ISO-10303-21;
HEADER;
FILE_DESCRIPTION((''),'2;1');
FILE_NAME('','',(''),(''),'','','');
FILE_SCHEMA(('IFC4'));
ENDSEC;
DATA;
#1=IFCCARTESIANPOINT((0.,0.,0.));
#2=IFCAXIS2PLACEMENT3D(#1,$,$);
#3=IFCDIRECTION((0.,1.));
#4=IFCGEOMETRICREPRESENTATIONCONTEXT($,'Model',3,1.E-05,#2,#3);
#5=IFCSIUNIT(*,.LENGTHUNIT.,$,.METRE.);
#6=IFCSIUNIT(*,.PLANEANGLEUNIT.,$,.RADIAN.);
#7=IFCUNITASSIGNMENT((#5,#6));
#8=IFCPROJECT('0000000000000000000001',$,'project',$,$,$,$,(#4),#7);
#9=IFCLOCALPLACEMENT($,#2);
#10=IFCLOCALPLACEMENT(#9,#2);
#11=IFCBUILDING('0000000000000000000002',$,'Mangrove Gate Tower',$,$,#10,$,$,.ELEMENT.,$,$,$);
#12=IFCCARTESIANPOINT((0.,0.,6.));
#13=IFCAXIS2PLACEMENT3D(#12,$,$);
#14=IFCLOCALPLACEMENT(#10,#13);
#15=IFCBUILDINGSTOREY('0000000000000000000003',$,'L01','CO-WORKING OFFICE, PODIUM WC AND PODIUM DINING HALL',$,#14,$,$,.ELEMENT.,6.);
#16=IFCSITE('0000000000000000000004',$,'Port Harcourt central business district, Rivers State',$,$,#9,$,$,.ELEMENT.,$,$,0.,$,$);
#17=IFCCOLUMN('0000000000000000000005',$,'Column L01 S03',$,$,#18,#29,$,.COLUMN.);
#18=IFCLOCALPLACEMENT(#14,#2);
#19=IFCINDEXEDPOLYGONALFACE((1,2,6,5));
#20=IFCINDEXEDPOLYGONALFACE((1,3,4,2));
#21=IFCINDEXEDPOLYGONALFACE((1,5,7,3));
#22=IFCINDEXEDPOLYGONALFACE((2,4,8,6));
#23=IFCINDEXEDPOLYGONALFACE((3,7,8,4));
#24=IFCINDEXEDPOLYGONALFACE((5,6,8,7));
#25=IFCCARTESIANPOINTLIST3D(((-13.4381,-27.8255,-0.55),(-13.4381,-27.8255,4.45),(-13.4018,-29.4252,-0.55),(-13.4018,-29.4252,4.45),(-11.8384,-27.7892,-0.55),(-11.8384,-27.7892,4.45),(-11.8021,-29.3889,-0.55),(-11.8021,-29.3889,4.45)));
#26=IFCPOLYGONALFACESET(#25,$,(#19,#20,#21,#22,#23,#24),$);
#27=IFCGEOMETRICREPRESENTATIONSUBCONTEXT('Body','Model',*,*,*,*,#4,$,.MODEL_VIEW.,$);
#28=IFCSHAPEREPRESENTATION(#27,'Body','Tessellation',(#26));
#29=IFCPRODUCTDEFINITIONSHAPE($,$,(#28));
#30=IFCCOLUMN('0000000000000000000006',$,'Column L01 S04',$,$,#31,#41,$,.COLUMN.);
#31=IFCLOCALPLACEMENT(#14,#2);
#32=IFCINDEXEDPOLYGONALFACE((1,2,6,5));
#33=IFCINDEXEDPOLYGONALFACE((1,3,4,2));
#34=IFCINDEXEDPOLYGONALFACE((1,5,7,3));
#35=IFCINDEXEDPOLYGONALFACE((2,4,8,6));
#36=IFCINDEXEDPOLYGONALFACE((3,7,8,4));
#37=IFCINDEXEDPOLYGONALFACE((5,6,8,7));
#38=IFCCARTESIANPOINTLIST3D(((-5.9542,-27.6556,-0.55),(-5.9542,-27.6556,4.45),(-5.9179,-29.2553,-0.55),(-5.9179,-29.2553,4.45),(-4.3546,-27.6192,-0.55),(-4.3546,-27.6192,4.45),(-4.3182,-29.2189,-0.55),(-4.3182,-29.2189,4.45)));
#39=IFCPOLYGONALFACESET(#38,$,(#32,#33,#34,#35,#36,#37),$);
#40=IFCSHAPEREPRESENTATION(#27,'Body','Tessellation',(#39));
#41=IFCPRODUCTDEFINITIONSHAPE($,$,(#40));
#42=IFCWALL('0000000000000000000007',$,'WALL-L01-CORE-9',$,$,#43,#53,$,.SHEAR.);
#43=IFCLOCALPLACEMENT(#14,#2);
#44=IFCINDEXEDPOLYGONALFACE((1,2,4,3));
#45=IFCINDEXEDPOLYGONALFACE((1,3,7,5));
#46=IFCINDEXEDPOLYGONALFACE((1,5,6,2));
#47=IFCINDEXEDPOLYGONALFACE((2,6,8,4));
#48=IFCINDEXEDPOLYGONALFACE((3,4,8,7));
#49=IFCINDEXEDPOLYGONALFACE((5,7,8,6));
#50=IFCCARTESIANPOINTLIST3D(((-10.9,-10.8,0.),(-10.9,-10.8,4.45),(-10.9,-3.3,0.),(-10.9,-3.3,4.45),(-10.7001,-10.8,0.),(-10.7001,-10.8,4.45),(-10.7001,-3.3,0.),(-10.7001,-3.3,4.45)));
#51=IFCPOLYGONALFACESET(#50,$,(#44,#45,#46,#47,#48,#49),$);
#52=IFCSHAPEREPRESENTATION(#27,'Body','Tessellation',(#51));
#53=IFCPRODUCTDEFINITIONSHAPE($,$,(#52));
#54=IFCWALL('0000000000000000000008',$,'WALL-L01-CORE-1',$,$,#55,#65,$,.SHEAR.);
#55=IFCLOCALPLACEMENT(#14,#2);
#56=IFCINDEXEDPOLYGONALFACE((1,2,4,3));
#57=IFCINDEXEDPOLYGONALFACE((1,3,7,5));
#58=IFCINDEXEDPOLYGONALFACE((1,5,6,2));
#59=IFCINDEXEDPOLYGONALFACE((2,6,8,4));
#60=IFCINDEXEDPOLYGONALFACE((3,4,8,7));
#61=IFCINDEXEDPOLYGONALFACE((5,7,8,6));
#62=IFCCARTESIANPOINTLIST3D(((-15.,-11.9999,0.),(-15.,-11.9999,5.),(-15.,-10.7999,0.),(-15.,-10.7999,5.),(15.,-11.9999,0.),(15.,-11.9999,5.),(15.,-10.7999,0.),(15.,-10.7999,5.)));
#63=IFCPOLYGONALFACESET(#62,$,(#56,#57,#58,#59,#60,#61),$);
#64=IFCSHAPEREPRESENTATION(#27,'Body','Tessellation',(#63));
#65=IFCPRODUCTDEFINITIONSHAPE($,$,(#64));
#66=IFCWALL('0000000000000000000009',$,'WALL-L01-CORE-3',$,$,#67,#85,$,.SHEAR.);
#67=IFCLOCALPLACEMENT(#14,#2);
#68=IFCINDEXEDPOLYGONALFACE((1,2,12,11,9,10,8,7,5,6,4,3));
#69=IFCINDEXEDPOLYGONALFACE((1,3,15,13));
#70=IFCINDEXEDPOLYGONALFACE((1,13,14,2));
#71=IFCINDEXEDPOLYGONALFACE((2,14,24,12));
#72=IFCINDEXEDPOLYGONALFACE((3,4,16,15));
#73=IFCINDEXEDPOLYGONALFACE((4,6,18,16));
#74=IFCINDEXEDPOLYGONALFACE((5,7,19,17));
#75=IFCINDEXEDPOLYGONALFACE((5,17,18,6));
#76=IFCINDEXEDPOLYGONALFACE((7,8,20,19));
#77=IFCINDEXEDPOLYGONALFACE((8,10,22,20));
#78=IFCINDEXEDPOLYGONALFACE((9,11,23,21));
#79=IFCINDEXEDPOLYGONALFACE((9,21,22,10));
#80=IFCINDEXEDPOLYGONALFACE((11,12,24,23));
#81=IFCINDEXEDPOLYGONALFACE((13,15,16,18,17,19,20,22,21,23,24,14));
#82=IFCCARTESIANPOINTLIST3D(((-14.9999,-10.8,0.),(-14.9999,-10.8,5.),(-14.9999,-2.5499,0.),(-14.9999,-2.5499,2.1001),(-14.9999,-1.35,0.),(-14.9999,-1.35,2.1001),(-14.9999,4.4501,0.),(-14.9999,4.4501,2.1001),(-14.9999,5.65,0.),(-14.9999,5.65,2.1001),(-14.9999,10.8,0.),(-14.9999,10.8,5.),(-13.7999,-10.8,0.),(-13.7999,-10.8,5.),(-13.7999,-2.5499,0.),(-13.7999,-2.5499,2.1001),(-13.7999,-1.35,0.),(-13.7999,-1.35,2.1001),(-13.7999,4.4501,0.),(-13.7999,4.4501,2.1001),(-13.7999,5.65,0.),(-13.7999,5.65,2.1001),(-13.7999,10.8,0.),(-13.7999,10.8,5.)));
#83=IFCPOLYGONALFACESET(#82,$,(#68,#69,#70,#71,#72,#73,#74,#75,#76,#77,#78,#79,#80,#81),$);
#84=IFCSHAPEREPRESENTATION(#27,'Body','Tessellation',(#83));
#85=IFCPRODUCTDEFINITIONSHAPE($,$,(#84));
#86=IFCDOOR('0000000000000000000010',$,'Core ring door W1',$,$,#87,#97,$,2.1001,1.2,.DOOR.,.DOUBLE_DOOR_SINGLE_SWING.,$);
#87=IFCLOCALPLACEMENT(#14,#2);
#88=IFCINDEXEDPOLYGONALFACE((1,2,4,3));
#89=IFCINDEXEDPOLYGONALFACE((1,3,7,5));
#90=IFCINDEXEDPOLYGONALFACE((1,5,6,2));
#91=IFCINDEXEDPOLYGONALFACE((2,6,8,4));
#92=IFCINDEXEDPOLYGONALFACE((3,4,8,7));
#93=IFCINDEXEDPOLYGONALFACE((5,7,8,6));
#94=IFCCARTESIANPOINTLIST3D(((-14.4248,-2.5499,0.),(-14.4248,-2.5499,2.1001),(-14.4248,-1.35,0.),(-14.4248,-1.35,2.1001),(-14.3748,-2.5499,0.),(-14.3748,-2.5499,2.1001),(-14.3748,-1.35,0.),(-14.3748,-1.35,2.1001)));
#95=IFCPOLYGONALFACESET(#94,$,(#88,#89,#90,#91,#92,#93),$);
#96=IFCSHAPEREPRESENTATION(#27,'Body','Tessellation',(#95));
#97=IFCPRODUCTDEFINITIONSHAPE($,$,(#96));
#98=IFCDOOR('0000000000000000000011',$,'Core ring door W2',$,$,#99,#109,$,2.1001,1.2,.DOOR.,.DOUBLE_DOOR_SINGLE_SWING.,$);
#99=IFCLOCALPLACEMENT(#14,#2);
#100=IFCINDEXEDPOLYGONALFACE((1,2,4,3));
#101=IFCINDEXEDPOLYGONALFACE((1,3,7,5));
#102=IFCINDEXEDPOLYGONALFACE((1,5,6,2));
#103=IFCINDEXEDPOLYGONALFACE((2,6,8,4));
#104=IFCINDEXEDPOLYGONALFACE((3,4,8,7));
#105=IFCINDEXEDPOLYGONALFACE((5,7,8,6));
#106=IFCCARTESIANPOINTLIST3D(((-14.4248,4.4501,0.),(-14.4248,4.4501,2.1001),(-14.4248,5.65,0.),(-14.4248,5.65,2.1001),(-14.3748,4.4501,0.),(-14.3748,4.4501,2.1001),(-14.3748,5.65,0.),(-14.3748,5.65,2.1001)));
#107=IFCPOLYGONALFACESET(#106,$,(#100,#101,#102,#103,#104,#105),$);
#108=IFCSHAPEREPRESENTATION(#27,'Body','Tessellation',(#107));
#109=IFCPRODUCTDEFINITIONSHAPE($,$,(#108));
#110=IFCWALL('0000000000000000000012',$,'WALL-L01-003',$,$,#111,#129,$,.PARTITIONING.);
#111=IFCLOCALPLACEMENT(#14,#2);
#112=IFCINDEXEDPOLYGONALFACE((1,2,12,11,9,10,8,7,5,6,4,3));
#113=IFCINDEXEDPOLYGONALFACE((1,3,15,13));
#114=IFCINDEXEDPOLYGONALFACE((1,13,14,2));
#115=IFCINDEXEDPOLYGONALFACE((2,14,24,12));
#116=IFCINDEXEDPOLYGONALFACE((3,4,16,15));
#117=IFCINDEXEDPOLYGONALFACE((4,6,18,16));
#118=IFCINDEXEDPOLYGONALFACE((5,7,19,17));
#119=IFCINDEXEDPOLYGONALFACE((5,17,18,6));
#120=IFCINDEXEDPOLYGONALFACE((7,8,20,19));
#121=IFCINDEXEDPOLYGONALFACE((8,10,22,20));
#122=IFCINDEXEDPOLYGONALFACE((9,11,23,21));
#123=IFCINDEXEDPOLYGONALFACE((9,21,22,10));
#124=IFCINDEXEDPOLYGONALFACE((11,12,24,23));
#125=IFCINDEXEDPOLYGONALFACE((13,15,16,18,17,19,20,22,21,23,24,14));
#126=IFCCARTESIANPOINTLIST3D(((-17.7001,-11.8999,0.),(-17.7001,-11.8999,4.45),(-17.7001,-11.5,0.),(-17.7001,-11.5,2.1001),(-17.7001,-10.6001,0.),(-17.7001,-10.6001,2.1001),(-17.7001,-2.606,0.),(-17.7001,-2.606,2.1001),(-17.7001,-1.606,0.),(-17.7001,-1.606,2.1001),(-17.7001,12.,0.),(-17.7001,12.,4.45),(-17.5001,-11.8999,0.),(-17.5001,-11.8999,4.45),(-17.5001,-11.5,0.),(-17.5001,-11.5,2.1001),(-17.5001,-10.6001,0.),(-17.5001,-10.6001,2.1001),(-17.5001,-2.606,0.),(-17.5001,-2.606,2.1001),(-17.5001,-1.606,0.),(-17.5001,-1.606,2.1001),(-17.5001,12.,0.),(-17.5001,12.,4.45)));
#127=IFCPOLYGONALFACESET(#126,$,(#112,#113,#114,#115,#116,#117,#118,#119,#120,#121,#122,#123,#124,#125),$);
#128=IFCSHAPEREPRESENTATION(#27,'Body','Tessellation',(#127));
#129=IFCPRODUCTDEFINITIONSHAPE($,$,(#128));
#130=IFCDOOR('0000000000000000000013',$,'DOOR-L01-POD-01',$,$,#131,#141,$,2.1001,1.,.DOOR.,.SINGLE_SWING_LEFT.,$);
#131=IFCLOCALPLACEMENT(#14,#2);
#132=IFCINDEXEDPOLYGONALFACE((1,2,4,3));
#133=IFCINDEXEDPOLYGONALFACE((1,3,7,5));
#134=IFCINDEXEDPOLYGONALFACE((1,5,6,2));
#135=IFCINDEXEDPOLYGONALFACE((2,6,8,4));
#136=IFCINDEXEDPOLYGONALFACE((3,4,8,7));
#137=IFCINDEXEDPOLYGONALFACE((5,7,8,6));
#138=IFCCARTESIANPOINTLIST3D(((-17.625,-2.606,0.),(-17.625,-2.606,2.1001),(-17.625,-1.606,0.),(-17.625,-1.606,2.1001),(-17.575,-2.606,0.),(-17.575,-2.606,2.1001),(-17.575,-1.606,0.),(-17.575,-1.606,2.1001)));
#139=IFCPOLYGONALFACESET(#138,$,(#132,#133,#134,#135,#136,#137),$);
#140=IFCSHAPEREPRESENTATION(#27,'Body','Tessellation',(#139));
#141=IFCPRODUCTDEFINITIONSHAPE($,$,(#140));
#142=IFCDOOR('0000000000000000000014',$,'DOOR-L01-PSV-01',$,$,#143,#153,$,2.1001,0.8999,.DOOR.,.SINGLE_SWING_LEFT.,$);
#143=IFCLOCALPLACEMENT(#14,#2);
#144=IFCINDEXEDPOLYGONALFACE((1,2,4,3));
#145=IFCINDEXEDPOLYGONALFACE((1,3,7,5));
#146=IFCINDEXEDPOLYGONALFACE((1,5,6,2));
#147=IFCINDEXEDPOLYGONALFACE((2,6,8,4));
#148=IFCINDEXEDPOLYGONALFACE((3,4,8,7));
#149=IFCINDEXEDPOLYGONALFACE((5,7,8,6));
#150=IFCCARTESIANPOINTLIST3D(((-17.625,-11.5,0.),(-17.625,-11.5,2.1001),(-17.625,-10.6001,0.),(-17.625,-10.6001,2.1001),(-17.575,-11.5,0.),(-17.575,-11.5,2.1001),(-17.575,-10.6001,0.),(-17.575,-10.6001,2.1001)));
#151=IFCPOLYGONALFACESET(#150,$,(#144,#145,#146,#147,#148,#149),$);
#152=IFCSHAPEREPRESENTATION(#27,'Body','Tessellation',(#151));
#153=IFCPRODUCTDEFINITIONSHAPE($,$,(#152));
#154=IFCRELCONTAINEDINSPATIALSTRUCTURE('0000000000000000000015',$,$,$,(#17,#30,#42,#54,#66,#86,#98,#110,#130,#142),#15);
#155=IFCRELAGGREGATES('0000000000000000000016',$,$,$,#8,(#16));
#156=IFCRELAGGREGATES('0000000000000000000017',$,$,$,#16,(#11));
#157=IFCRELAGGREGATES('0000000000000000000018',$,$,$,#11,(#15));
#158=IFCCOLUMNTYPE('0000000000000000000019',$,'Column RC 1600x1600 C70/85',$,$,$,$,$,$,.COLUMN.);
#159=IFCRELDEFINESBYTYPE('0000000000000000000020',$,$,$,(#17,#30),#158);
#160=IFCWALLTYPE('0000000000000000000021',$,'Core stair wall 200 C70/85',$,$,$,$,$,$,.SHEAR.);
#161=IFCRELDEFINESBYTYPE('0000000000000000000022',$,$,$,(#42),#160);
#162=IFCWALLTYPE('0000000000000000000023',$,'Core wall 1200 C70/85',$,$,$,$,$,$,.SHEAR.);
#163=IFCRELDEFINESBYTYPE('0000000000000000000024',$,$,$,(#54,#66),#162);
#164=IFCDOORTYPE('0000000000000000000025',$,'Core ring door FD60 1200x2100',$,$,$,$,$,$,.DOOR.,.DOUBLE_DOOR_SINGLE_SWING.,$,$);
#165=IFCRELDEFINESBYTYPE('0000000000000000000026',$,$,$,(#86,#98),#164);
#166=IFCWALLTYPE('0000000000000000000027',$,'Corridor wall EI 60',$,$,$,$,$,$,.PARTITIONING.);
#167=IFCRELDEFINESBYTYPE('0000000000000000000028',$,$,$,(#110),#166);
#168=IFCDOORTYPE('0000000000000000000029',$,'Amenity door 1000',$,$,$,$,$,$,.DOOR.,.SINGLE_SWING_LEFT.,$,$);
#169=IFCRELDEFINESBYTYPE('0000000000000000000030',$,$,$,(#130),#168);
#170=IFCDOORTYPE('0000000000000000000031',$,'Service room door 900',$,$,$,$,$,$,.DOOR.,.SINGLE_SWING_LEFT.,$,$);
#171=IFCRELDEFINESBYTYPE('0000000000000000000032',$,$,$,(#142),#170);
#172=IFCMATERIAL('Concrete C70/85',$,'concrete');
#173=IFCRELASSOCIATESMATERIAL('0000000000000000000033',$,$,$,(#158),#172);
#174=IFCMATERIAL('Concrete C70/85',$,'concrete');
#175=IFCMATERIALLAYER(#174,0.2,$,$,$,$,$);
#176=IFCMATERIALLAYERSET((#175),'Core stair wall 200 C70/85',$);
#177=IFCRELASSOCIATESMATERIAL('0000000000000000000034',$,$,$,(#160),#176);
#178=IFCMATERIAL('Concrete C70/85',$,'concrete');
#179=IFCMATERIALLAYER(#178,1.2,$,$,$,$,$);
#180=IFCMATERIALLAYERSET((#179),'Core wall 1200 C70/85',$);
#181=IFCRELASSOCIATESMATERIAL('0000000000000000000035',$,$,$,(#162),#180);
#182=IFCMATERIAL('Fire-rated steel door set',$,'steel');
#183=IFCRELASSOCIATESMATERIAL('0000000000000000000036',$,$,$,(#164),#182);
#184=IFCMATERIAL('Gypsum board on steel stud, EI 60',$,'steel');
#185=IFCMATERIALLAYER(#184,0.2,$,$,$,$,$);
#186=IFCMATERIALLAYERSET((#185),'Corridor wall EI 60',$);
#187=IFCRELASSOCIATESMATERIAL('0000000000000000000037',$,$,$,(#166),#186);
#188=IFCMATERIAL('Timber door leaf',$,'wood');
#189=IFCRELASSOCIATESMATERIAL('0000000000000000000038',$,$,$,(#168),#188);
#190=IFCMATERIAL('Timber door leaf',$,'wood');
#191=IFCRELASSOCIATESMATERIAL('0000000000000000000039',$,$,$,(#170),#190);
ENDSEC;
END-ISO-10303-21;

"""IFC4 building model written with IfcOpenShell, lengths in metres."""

from ifc_helpers import new_model, si_unit, direction, frame, frame_2d, origin, origin_2d, place, context, subcontext, project, spatial, rectangle, extrude, material, layer, layer_set, material_profile, profile_set, type_object, element, fill, save


model = new_model("IFC4")

# Units and contexts
model_context = context("Model", 3, precision=1e-05, world=origin(), true_north=direction((0.0, 1.0)))
body_context = subcontext(model_context, "Body", "Model", "MODEL_VIEW")
ifc_project = project(units=[si_unit("LENGTHUNIT", "METRE"), si_unit("PLANEANGLEUNIT", "RADIAN")], contexts=[model_context])

# Site, building, storey
site_placement = place(None, origin())
site = spatial("IfcSite", under=ifc_project, at=site_placement, Name="Port Harcourt central business district, Rivers State", CompositionType="ELEMENT", RefElevation=0.0)
building_placement = place(site_placement, origin())
building = spatial("IfcBuilding", under=site, at=building_placement, Name="Mangrove Gate Tower", CompositionType="ELEMENT")
storey_placement = place(building_placement, frame((0.0, 0.0, 6.0)))
storey = spatial("IfcBuildingStorey", under=building, at=storey_placement, Name="L01", Description="CO-WORKING OFFICE, PODIUM WC AND PODIUM DINING HALL", CompositionType="ELEMENT", Elevation=6.0)

# Columns
ifc_material_1 = material(Name="Concrete C70/85", Category="concrete")
ifc_material_profile = material_profile(ifc_material_1, rectangle(XDim=1.6001, YDim=1.6001, at=origin_2d()))
ifc_profile_set = profile_set([ifc_material_profile], Name="Concrete C70/85")
column_type = type_object("IfcColumnType", Name="Column RC 1600x1600 C70/85", PredefinedType="COLUMN", material=ifc_profile_set)
for number, where, z_axis, x_axis, name in (
    (1, (-12.6201, -28.6072, -0.55), (0.0, 0.0, 1.0), (0.999742, 0.022711, 0.0), "Column L01 S03"),
    (2, (-5.1362, -28.4373, -0.55), (0.0, 0.0, 1.0), (0.999742, 0.022709, 0.0), "Column L01 S04"),
):
    element("IfcColumn", number, at=place(storey_placement, frame(where, z_axis=z_axis, x_axis=x_axis)), inside=storey, type_object=column_type, Name=name, PredefinedType="COLUMN", context=body_context, shape_type="SweptSolid", body=[
        extrude(rectangle(XDim=1.6001, YDim=1.6001, at=origin_2d()), origin(), (0.0, 0.0, 1.0), 5.0),
    ])

# Walls
ifc_material_2 = material(Name="Concrete C70/85", Category="concrete")
ifc_layer_1 = layer(ifc_material_2, 0.2)
ifc_layer_set_1 = layer_set([ifc_layer_1], Name="Core stair wall 200 C70/85")
wall_type_1 = type_object("IfcWallType", Name="Core stair wall 200 C70/85", PredefinedType="SHEAR", material=ifc_layer_set_1)
wall_1_placement = place(storey_placement, frame((-10.8, -10.8, 0.0), z_axis=(0.0, 0.0, 1.0), x_axis=(0.0, 1.0, 0.0)))
element("IfcWall", 3, at=wall_1_placement, inside=storey, type_object=wall_type_1, Name="WALL-L01-CORE-9", PredefinedType="SHEAR", context=body_context, shape_type="SweptSolid", body=[
    extrude(rectangle(XDim=7.5, YDim=0.2, at=frame_2d((3.75, 0.0))), origin(), (0.0, 0.0, 1.0), 4.45),
])
ifc_material_3 = material(Name="Concrete C70/85", Category="concrete")
ifc_layer_2 = layer(ifc_material_3, 1.2)
ifc_layer_set_2 = layer_set([ifc_layer_2], Name="Core wall 1200 C70/85")
wall_type_2 = type_object("IfcWallType", Name="Core wall 1200 C70/85", PredefinedType="SHEAR", material=ifc_layer_set_2)
wall_2_placement = place(storey_placement, frame((-15.0, -11.3999, 0.0), z_axis=(0.0, 0.0, 1.0), x_axis=(1.0, 0.0, 0.0)))
element("IfcWall", 4, at=wall_2_placement, inside=storey, type_object=wall_type_2, Name="WALL-L01-CORE-1", PredefinedType="SHEAR", context=body_context, shape_type="SweptSolid", body=[
    extrude(rectangle(XDim=30.0, YDim=1.2, at=frame_2d((15.0, 0.0))), origin(), (0.0, 0.0, 1.0), 5.0),
])

# Walls, openings, doors
wall_3_placement = place(storey_placement, frame((-14.3999, -10.8, 0.0), z_axis=(0.0, 0.0, 1.0), x_axis=(0.0, 1.0, 0.0)))
wall_3 = element("IfcWall", 5, at=wall_3_placement, inside=storey, type_object=wall_type_2, Name="WALL-L01-CORE-3", PredefinedType="SHEAR", context=body_context, shape_type="SweptSolid", body=[
    extrude(rectangle(XDim=21.6001, YDim=1.2, at=frame_2d((10.8, 0.0))), origin(), (0.0, 0.0, 1.0), 5.0),
])
opening_1_placement = place(wall_3_placement, frame((8.25, 0.0, 0.0)))
opening_1 = element("IfcOpeningElement", 6, at=opening_1_placement, cuts=wall_3, PredefinedType="OPENING", context=body_context, shape_type="SweptSolid", body=[
    extrude(rectangle(XDim=1.2, YDim=2.1001, at=frame_2d((0.6001, 1.05))), frame((0.0, 0.6099, 0.0), z_axis=(0.0, -1.0, 0.0), x_axis=(1.0, 0.0, 0.0)), (0.0, 0.0, 1.0), 1.22),
])
opening_2_placement = place(wall_3_placement, frame((15.25, 0.0, 0.0)))
opening_2 = element("IfcOpeningElement", 7, at=opening_2_placement, cuts=wall_3, PredefinedType="OPENING", context=body_context, shape_type="SweptSolid", body=[
    extrude(rectangle(XDim=1.2, YDim=2.1001, at=frame_2d((0.6001, 1.05))), frame((0.0, 0.6099, 0.0), z_axis=(0.0, -1.0, 0.0), x_axis=(1.0, 0.0, 0.0)), (0.0, 0.0, 1.0), 1.22),
])
ifc_material_4 = material(Name="Fire-rated steel door set", Category="steel")
door_type_1 = type_object("IfcDoorType", Name="Core ring door FD60 1200x2100", OperationType="DOUBLE_DOOR_SINGLE_SWING", PredefinedType="DOOR", material=ifc_material_4)
door_1_placement = place(opening_1_placement, origin())
door_1 = element("IfcDoor", 8, at=door_1_placement, inside=storey, type_object=door_type_1, Name="Core ring door W1", OperationType="DOUBLE_DOOR_SINGLE_SWING", OverallHeight=2.1001, OverallWidth=1.2, PredefinedType="DOOR", context=body_context, shape_type="SweptSolid", body=[
    extrude(rectangle(XDim=1.2, YDim=2.1001, at=frame_2d((0.6001, 1.05))), frame((0.0, 0.0249, 0.0), z_axis=(0.0, -1.0, 0.0), x_axis=(1.0, 0.0, 0.0)), (0.0, 0.0, 1.0), 0.05),
])
fill(opening_1, door_1)
door_2_placement = place(opening_2_placement, origin())
door_2 = element("IfcDoor", 9, at=door_2_placement, inside=storey, type_object=door_type_1, Name="Core ring door W2", OperationType="DOUBLE_DOOR_SINGLE_SWING", OverallHeight=2.1001, OverallWidth=1.2, PredefinedType="DOOR", context=body_context, shape_type="SweptSolid", body=[
    extrude(rectangle(XDim=1.2, YDim=2.1001, at=frame_2d((0.6001, 1.05))), frame((0.0, 0.0249, 0.0), z_axis=(0.0, -1.0, 0.0), x_axis=(1.0, 0.0, 0.0)), (0.0, 0.0, 1.0), 0.05),
])
fill(opening_2, door_2)
ifc_material_5 = material(Name="Gypsum board on steel stud, EI 60", Category="steel")
ifc_layer_3 = layer(ifc_material_5, 0.2)
ifc_layer_set_3 = layer_set([ifc_layer_3], Name="Corridor wall EI 60")
wall_type_3 = type_object("IfcWallType", Name="Corridor wall EI 60", PredefinedType="PARTITIONING", material=ifc_layer_set_3)
wall_4_placement = place(storey_placement, frame((-17.6001, -11.8999, 0.0), z_axis=(0.0, 0.0, 1.0), x_axis=(0.0, 1.0, 0.0)))
wall_4 = element("IfcWall", 10, at=wall_4_placement, inside=storey, type_object=wall_type_3, Name="WALL-L01-003", PredefinedType="PARTITIONING", context=body_context, shape_type="SweptSolid", body=[
    extrude(rectangle(XDim=23.8999, YDim=0.2, at=frame_2d((11.95, 0.0))), origin(), (0.0, 0.0, 1.0), 4.45),
])
opening_3_placement = place(wall_4_placement, frame((9.2939, 0.0, 0.0)))
opening_3 = element("IfcOpeningElement", 11, at=opening_3_placement, cuts=wall_4, PredefinedType="OPENING", context=body_context, shape_type="SweptSolid", body=[
    extrude(rectangle(XDim=1.0, YDim=2.1001, at=frame_2d((0.5, 1.05))), frame((0.0, 0.1099, 0.0), z_axis=(0.0, -1.0, 0.0), x_axis=(1.0, 0.0, 0.0)), (0.0, 0.0, 1.0), 0.22),
])
opening_4_placement = place(wall_4_placement, frame((0.3999, 0.0, 0.0)))
opening_4 = element("IfcOpeningElement", 12, at=opening_4_placement, cuts=wall_4, PredefinedType="OPENING", context=body_context, shape_type="SweptSolid", body=[
    extrude(rectangle(XDim=0.8999, YDim=2.1001, at=frame_2d((0.45, 1.05))), frame((0.0, 0.1099, 0.0), z_axis=(0.0, -1.0, 0.0), x_axis=(1.0, 0.0, 0.0)), (0.0, 0.0, 1.0), 0.22),
])
ifc_material_6 = material(Name="Timber door leaf", Category="wood")
door_type_2 = type_object("IfcDoorType", Name="Amenity door 1000", OperationType="SINGLE_SWING_LEFT", PredefinedType="DOOR", material=ifc_material_6)
door_3_placement = place(opening_3_placement, origin())
door_3 = element("IfcDoor", 13, at=door_3_placement, inside=storey, type_object=door_type_2, Name="DOOR-L01-POD-01", OperationType="SINGLE_SWING_LEFT", OverallHeight=2.1001, OverallWidth=1.0, PredefinedType="DOOR", context=body_context, shape_type="SweptSolid", body=[
    extrude(rectangle(XDim=1.0, YDim=2.1001, at=frame_2d((0.5, 1.05))), frame((0.0, 0.0249, 0.0), z_axis=(0.0, -1.0, 0.0), x_axis=(1.0, 0.0, 0.0)), (0.0, 0.0, 1.0), 0.05),
])
fill(opening_3, door_3)
ifc_material_7 = material(Name="Timber door leaf", Category="wood")
door_type_3 = type_object("IfcDoorType", Name="Service room door 900", OperationType="SINGLE_SWING_LEFT", PredefinedType="DOOR", material=ifc_material_7)
door_4_placement = place(opening_4_placement, origin())
door_4 = element("IfcDoor", 14, at=door_4_placement, inside=storey, type_object=door_type_3, Name="DOOR-L01-PSV-01", OperationType="SINGLE_SWING_LEFT", OverallHeight=2.1001, OverallWidth=0.8999, PredefinedType="DOOR", context=body_context, shape_type="SweptSolid", body=[
    extrude(rectangle(XDim=0.8999, YDim=2.1001, at=frame_2d((0.45, 1.05))), frame((0.0, 0.0249, 0.0), z_axis=(0.0, -1.0, 0.0), x_axis=(1.0, 0.0, 0.0)), (0.0, 0.0, 1.0), 0.05),
])
fill(opening_4, door_4)

save(model, "model.ifc")
